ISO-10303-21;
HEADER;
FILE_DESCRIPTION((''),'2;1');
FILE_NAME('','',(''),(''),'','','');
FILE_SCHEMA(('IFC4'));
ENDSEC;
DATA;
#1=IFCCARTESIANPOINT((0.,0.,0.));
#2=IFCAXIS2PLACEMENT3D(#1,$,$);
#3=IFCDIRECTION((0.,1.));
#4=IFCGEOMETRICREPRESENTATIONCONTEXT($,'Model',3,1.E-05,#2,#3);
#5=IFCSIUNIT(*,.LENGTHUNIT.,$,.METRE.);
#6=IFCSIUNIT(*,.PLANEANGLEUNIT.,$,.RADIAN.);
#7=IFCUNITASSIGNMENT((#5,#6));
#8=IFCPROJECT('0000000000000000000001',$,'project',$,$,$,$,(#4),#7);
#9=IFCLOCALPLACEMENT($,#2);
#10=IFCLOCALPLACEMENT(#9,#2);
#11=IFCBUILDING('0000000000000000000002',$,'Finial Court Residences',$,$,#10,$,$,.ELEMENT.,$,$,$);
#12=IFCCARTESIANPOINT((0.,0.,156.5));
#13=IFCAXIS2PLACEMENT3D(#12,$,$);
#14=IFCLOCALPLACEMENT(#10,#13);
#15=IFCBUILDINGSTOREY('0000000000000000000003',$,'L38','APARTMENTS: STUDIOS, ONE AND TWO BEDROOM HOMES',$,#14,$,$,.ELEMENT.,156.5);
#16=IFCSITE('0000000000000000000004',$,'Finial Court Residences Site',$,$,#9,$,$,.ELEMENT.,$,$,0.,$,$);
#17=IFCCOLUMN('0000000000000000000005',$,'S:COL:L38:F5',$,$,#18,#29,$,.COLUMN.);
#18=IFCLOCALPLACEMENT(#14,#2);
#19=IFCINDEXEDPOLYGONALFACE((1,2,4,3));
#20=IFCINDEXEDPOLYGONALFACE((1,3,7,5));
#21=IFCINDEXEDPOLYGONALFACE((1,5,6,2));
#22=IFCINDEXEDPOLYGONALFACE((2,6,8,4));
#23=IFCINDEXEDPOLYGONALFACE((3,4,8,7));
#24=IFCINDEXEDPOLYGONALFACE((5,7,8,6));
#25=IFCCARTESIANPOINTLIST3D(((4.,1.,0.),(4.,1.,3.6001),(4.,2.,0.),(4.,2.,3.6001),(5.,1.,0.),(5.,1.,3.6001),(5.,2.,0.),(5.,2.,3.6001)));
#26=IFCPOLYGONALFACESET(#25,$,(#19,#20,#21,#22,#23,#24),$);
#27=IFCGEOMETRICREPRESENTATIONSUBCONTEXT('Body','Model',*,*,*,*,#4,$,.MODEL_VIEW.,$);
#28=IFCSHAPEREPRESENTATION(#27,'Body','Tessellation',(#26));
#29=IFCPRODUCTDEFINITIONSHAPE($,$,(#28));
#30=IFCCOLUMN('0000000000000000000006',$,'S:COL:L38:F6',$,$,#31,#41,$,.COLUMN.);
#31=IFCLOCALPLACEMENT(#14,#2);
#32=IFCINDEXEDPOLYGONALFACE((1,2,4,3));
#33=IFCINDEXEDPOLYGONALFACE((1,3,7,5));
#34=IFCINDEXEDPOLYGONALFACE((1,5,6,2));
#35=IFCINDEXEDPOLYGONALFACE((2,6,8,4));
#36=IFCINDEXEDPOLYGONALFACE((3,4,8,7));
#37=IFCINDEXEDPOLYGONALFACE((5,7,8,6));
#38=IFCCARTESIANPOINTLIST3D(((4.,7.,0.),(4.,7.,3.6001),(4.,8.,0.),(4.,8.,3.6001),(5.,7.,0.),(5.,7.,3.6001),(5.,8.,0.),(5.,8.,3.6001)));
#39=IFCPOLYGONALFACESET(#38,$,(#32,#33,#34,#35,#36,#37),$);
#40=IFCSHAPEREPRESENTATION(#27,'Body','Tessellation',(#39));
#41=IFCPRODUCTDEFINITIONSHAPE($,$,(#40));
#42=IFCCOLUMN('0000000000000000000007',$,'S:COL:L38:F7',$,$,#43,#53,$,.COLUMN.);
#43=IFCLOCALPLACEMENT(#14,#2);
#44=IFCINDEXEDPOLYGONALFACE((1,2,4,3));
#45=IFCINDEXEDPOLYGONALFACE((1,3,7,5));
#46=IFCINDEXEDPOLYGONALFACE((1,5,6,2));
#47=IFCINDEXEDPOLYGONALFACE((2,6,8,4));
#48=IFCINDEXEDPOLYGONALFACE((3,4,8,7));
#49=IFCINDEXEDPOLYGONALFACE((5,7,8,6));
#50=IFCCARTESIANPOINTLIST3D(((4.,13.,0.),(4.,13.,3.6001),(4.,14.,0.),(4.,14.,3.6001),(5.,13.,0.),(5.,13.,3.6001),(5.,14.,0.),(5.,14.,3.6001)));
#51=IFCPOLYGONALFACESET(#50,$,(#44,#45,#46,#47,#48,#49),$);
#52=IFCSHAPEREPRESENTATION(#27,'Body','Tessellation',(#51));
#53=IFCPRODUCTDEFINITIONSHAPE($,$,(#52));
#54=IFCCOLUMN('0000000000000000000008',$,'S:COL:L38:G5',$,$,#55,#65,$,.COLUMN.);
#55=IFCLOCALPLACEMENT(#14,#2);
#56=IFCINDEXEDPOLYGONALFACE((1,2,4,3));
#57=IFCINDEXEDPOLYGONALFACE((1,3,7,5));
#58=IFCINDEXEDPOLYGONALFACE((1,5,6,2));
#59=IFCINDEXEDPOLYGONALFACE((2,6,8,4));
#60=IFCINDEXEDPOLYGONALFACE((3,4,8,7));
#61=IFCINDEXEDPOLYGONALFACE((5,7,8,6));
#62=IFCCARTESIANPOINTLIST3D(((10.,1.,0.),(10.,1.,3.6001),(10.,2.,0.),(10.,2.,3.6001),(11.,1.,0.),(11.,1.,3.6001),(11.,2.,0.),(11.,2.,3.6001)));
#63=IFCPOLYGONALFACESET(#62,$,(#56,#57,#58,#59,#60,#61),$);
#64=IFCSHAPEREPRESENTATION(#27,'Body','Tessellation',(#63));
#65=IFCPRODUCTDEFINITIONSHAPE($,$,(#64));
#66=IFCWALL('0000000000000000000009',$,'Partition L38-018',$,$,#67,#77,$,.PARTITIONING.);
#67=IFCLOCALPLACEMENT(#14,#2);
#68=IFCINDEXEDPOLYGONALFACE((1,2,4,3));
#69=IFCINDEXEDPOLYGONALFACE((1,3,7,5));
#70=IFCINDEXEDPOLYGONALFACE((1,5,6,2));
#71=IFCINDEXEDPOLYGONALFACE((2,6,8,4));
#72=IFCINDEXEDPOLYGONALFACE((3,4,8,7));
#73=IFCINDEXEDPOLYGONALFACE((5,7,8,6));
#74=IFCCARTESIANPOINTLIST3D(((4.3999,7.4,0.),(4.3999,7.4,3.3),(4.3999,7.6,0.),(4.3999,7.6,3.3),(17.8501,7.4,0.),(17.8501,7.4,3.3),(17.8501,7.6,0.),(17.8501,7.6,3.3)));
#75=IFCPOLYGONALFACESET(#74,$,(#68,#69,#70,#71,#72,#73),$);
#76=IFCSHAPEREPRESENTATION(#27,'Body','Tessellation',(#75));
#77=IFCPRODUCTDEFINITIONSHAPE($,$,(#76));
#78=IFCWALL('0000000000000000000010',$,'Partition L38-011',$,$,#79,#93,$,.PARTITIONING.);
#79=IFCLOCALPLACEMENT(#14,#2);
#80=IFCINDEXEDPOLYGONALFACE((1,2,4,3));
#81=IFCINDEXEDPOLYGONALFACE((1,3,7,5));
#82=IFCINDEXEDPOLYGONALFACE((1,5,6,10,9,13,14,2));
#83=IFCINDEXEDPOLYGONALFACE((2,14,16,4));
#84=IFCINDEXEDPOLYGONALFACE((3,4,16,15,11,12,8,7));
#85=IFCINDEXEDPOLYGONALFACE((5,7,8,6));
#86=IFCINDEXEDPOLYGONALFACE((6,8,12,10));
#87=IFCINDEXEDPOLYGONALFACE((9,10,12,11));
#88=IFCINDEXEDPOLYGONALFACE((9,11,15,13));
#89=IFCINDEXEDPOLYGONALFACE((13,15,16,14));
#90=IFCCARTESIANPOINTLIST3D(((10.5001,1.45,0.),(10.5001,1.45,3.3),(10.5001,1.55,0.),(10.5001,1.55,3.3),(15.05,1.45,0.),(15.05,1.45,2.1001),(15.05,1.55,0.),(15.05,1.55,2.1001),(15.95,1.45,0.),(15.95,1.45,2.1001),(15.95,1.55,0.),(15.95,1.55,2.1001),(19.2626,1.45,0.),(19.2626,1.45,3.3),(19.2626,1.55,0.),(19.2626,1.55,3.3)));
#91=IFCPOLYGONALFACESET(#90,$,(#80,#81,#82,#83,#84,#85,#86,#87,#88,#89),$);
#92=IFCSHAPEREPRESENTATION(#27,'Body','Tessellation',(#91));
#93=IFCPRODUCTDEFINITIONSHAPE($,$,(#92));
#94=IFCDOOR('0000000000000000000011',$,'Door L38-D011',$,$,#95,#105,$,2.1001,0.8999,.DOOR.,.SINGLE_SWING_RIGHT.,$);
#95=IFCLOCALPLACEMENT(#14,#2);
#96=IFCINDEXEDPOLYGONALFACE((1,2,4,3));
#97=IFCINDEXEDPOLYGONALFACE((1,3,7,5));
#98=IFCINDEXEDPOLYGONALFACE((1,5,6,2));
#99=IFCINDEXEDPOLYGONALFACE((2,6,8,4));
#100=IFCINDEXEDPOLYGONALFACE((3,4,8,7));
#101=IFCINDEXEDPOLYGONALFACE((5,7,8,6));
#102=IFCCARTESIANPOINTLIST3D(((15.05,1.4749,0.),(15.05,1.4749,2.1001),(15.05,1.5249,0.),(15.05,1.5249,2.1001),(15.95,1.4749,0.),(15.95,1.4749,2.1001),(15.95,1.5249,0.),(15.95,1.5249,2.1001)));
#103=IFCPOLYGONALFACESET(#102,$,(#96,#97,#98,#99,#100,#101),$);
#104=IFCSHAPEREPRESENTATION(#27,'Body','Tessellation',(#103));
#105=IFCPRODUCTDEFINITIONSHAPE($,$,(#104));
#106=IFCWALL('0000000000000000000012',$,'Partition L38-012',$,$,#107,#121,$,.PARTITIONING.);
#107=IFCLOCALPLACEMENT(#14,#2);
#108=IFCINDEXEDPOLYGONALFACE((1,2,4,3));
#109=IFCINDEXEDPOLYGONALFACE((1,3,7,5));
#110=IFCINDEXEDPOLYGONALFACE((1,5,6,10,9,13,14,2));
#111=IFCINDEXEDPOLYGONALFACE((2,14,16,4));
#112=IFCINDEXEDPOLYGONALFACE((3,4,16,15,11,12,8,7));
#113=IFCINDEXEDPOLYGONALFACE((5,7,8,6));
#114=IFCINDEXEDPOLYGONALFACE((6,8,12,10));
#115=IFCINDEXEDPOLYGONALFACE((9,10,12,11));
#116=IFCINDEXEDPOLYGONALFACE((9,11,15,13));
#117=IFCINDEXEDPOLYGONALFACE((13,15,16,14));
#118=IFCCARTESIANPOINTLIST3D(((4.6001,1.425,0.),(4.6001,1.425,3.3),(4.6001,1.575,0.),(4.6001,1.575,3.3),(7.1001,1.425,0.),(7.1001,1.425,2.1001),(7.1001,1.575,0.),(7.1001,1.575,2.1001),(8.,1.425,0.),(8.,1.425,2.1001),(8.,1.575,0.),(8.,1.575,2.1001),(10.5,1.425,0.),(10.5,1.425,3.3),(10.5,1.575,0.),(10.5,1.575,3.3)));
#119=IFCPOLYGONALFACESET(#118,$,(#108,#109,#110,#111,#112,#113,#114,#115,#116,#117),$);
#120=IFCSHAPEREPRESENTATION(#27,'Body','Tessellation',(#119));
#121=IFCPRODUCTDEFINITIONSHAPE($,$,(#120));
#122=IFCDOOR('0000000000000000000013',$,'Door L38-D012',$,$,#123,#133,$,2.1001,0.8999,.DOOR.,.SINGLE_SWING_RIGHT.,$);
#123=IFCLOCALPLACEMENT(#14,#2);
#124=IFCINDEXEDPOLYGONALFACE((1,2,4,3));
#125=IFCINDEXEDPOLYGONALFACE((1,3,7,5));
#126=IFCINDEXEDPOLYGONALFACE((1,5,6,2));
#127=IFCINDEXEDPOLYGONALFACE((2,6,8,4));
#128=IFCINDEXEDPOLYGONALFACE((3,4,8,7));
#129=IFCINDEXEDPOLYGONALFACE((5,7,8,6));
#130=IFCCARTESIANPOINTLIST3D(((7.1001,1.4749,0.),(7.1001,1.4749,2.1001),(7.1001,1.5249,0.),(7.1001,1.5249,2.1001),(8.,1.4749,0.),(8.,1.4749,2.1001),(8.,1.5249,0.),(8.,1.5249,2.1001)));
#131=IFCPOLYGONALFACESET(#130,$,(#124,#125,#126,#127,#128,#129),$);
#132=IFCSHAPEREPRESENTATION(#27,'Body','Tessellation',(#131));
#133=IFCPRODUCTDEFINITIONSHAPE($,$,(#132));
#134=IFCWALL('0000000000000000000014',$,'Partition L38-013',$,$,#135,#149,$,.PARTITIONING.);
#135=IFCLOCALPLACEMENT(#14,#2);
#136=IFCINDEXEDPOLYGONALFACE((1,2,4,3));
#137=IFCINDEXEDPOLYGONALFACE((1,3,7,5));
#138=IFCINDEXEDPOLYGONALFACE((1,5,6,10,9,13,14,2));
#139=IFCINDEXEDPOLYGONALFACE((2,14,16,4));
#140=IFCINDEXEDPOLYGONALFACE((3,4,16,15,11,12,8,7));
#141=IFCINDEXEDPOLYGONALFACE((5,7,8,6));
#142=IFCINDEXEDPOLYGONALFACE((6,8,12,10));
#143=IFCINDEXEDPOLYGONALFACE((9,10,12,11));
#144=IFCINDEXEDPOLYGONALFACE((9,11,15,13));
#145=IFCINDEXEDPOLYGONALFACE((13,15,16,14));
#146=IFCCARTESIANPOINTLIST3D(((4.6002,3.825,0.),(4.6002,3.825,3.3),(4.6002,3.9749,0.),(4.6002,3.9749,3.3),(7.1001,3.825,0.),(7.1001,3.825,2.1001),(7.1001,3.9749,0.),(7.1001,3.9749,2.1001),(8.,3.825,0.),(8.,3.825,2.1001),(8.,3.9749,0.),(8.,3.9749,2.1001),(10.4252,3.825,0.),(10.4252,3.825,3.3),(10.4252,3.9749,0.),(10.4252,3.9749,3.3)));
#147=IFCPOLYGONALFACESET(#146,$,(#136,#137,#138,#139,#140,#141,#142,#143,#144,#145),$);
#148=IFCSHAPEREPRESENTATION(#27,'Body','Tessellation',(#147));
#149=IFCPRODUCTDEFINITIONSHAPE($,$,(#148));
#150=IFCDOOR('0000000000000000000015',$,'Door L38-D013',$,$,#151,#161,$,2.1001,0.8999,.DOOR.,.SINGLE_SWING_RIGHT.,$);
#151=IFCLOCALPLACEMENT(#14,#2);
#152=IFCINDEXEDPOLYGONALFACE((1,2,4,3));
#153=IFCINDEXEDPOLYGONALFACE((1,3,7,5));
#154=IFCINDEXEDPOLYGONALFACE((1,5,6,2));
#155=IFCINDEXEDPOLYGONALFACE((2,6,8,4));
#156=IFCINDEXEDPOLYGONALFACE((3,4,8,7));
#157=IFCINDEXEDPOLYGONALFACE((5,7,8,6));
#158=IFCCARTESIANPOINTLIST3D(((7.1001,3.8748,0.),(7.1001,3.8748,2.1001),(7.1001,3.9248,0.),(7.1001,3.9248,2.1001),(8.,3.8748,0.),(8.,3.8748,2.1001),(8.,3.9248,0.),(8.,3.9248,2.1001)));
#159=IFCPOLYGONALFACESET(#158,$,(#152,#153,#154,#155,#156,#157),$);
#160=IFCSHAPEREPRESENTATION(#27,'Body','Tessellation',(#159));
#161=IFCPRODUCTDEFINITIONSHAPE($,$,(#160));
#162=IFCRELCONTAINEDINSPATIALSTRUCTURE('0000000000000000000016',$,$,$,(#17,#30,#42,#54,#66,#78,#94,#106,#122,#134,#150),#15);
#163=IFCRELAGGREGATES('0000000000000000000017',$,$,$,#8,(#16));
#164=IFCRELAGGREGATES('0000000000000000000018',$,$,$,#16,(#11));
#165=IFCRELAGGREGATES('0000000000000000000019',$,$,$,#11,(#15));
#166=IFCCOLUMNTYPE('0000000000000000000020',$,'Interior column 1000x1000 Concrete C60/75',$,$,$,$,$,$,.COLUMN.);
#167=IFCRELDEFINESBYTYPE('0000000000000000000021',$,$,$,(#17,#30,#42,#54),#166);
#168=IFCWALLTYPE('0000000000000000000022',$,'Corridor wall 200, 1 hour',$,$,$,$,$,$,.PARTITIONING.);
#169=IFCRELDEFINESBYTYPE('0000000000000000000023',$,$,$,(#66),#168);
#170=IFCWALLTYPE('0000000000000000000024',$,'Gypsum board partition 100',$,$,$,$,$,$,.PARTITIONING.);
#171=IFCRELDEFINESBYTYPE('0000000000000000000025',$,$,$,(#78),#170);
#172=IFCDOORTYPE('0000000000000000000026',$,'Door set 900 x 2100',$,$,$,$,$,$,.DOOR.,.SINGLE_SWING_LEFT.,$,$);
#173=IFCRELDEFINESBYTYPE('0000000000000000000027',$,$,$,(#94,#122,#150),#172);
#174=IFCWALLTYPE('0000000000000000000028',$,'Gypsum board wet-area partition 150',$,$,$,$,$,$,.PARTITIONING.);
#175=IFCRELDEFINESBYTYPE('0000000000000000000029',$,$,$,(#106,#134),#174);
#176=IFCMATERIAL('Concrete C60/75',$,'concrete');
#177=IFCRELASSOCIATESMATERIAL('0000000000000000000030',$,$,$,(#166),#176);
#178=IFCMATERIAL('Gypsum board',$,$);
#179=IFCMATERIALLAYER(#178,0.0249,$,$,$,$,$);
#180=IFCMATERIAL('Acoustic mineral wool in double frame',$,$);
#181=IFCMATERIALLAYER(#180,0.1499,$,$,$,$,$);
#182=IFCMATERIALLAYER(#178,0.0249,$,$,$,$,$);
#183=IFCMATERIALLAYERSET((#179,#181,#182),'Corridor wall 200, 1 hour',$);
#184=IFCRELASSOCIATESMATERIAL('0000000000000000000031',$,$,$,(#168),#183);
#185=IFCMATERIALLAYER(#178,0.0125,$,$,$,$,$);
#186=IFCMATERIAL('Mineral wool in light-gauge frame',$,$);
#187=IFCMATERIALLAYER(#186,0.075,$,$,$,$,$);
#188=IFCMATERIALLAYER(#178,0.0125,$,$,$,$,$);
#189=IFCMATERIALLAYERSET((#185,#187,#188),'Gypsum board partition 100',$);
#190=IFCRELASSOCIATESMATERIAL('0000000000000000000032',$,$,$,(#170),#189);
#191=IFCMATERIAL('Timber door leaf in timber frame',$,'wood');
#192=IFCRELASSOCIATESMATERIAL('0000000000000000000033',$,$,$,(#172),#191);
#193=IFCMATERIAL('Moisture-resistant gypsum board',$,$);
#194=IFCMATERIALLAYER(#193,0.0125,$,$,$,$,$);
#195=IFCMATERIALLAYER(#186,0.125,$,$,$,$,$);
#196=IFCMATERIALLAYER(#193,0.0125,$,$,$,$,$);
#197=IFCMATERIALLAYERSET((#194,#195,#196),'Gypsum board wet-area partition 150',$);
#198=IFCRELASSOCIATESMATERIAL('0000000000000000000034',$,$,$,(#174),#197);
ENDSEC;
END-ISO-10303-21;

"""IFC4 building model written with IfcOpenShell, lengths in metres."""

from ifc_helpers import new_model, si_unit, direction, frame, frame_2d, origin, origin_2d, place, context, subcontext, project, spatial, rectangle, extrude, material, layer, layer_set, material_profile, profile_set, type_object, element, fill, save


model = new_model("IFC4")

# Units and contexts
model_context = context("Model", 3, precision=1e-05, world=origin(), true_north=direction((0.0, 1.0)))
body_context = subcontext(model_context, "Body", "Model", "MODEL_VIEW")
ifc_project = project(units=[si_unit("LENGTHUNIT", "METRE"), si_unit("PLANEANGLEUNIT", "RADIAN")], contexts=[model_context])

# Site, building, storey
site_placement = place(None, origin())
site = spatial("IfcSite", under=ifc_project, at=site_placement, Name="Finial Court Residences Site", CompositionType="ELEMENT", RefElevation=0.0)
building_placement = place(site_placement, origin())
building = spatial("IfcBuilding", under=site, at=building_placement, Name="Finial Court Residences", CompositionType="ELEMENT")
storey_placement = place(building_placement, frame((0.0, 0.0, 156.5)))
storey = spatial("IfcBuildingStorey", under=building, at=storey_placement, Name="L38", Description="APARTMENTS: STUDIOS, ONE AND TWO BEDROOM HOMES", CompositionType="ELEMENT", Elevation=156.5)

# Columns
ifc_material_1 = material(Name="Concrete C60/75", Category="concrete")
ifc_material_profile = material_profile(ifc_material_1, rectangle(XDim=1.0, YDim=1.0, at=origin_2d()), Name="1000x1000")
ifc_profile_set = profile_set([ifc_material_profile], Name="Concrete C60/75")
column_type = type_object("IfcColumnType", Name="Interior column 1000x1000 Concrete C60/75", PredefinedType="COLUMN", material=ifc_profile_set)
for number, where, z_axis, x_axis, name in (
    (1, (4.5, 1.5, 0.0), (0.0, 0.0, 1.0), (1.0, 0.0, 0.0), "S:COL:L38:F5"),
    (2, (4.5, 7.5, 0.0), (0.0, 0.0, 1.0), (1.0, 0.0, 0.0), "S:COL:L38:F6"),
    (3, (4.5, 13.5, 0.0), (0.0, 0.0, 1.0), (1.0, 0.0, 0.0), "S:COL:L38:F7"),
    (4, (10.5, 1.5, 0.0), (0.0, 0.0, 1.0), (1.0, 0.0, 0.0), "S:COL:L38:G5"),
):
    element("IfcColumn", number, at=place(storey_placement, frame(where, z_axis=z_axis, x_axis=x_axis)), inside=storey, type_object=column_type, Name=name, PredefinedType="COLUMN", context=body_context, shape_type="SweptSolid", body=[
        extrude(rectangle(XDim=1.0, YDim=1.0, at=origin_2d()), origin(), (0.0, 0.0, 1.0), 3.6001),
    ])

# Wall
ifc_material_2 = material(Name="Gypsum board")
ifc_layer_1 = layer(ifc_material_2, 0.0249)
ifc_material_3 = material(Name="Acoustic mineral wool in double frame")
ifc_layer_2 = layer(ifc_material_3, 0.1499)
ifc_layer_3 = layer(ifc_material_2, 0.0249)
ifc_layer_set_1 = layer_set([ifc_layer_1, ifc_layer_2, ifc_layer_3], Name="Corridor wall 200, 1 hour")
wall_type_1 = type_object("IfcWallType", Name="Corridor wall 200, 1 hour", PredefinedType="PARTITIONING", material=ifc_layer_set_1)
wall_1_placement = place(storey_placement, frame((4.3999, 7.5, 0.0), z_axis=(0.0, 0.0, 1.0), x_axis=(1.0, 0.0, 0.0)))
element("IfcWall", 5, at=wall_1_placement, inside=storey, type_object=wall_type_1, Name="Partition L38-018", PredefinedType="PARTITIONING", context=body_context, shape_type="SweptSolid", body=[
    extrude(rectangle(XDim=13.4502, YDim=0.2, at=frame_2d((6.7251, 0.0))), origin(), (0.0, 0.0, 1.0), 3.3),
])

# Walls, openings, doors
ifc_layer_4 = layer(ifc_material_2, 0.0125)
ifc_material_4 = material(Name="Mineral wool in light-gauge frame")
ifc_layer_5 = layer(ifc_material_4, 0.075)
ifc_layer_6 = layer(ifc_material_2, 0.0125)
ifc_layer_set_2 = layer_set([ifc_layer_4, ifc_layer_5, ifc_layer_6], Name="Gypsum board partition 100")
wall_type_2 = type_object("IfcWallType", Name="Gypsum board partition 100", PredefinedType="PARTITIONING", material=ifc_layer_set_2)
wall_2_placement = place(storey_placement, frame((10.5, 1.5, 0.0), z_axis=(0.0, 0.0, 1.0), x_axis=(1.0, 0.0, 0.0)))
wall_2 = element("IfcWall", 6, at=wall_2_placement, inside=storey, type_object=wall_type_2, Name="Partition L38-011", PredefinedType="PARTITIONING", context=body_context, shape_type="SweptSolid", body=[
    extrude(rectangle(XDim=8.7625, YDim=0.1001, at=frame_2d((4.3813, 0.0))), origin(), (0.0, 0.0, 1.0), 3.3),
])
opening_1_placement = place(wall_2_placement, frame((4.55, 0.0, 0.0)))
opening_1 = element("IfcOpeningElement", 7, at=opening_1_placement, cuts=wall_2, PredefinedType="OPENING", context=body_context, shape_type="SweptSolid", body=[
    extrude(rectangle(XDim=0.8999, YDim=2.1001, at=frame_2d((0.45, 1.05))), frame((0.0, 0.0601, 0.0), z_axis=(0.0, -1.0, 0.0), x_axis=(1.0, 0.0, 0.0)), (0.0, 0.0, 1.0), 0.1201),
])
ifc_material_5 = material(Name="Timber door leaf in timber frame", Category="wood")
door_type = type_object("IfcDoorType", Name="Door set 900 x 2100", OperationType="SINGLE_SWING_LEFT", PredefinedType="DOOR", material=ifc_material_5)
door_1_placement = place(opening_1_placement, origin())
door_1 = element("IfcDoor", 8, at=door_1_placement, inside=storey, type_object=door_type, Name="Door L38-D011", OperationType="SINGLE_SWING_RIGHT", OverallHeight=2.1001, OverallWidth=0.8999, PredefinedType="DOOR", context=body_context, shape_type="SweptSolid", body=[
    extrude(rectangle(XDim=0.8999, YDim=2.1001, at=frame_2d((0.45, 1.05))), frame((0.0, 0.0249, 0.0), z_axis=(0.0, -1.0, 0.0), x_axis=(1.0, 0.0, 0.0)), (0.0, 0.0, 1.0), 0.05),
])
fill(opening_1, door_1)
ifc_material_6 = material(Name="Moisture-resistant gypsum board")
ifc_layer_7 = layer(ifc_material_6, 0.0125)
ifc_layer_8 = layer(ifc_material_4, 0.125)
ifc_layer_9 = layer(ifc_material_6, 0.0125)
ifc_layer_set_3 = layer_set([ifc_layer_7, ifc_layer_8, ifc_layer_9], Name="Gypsum board wet-area partition 150")
wall_type_3 = type_object("IfcWallType", Name="Gypsum board wet-area partition 150", PredefinedType="PARTITIONING", material=ifc_layer_set_3)
wall_3_placement = place(storey_placement, frame((4.6001, 1.5, 0.0), z_axis=(0.0, 0.0, 1.0), x_axis=(1.0, 0.0, 0.0)))
wall_3 = element("IfcWall", 9, at=wall_3_placement, inside=storey, type_object=wall_type_3, Name="Partition L38-012", PredefinedType="PARTITIONING", context=body_context, shape_type="SweptSolid", body=[
    extrude(rectangle(XDim=5.8999, YDim=0.1499, at=frame_2d((2.95, 0.0))), origin(), (0.0, 0.0, 1.0), 3.3),
])
opening_2_placement = place(wall_3_placement, frame((2.5, 0.0, 0.0)))
opening_2 = element("IfcOpeningElement", 10, at=opening_2_placement, cuts=wall_3, PredefinedType="OPENING", context=body_context, shape_type="SweptSolid", body=[
    extrude(rectangle(XDim=0.8999, YDim=2.1001, at=frame_2d((0.45, 1.05))), frame((0.0, 0.085, 0.0), z_axis=(0.0, -1.0, 0.0), x_axis=(1.0, 0.0, 0.0)), (0.0, 0.0, 1.0), 0.1699),
])
door_2_placement = place(opening_2_placement, origin())
door_2 = element("IfcDoor", 11, at=door_2_placement, inside=storey, type_object=door_type, Name="Door L38-D012", OperationType="SINGLE_SWING_RIGHT", OverallHeight=2.1001, OverallWidth=0.8999, PredefinedType="DOOR", context=body_context, shape_type="SweptSolid", body=[
    extrude(rectangle(XDim=0.8999, YDim=2.1001, at=frame_2d((0.45, 1.05))), frame((0.0, 0.0249, 0.0), z_axis=(0.0, -1.0, 0.0), x_axis=(1.0, 0.0, 0.0)), (0.0, 0.0, 1.0), 0.05),
])
fill(opening_2, door_2)
wall_4_placement = place(storey_placement, frame((4.6001, 3.8999, 0.0), z_axis=(0.0, 0.0, 1.0), x_axis=(1.0, 0.0, 0.0)))
wall_4 = element("IfcWall", 12, at=wall_4_placement, inside=storey, type_object=wall_type_3, Name="Partition L38-013", PredefinedType="PARTITIONING", context=body_context, shape_type="SweptSolid", body=[
    extrude(rectangle(XDim=5.825, YDim=0.1499, at=frame_2d((2.9126, 0.0))), origin(), (0.0, 0.0, 1.0), 3.3),
])
opening_3_placement = place(wall_4_placement, frame((2.5, 0.0, 0.0)))
opening_3 = element("IfcOpeningElement", 13, at=opening_3_placement, cuts=wall_4, PredefinedType="OPENING", context=body_context, shape_type="SweptSolid", body=[
    extrude(rectangle(XDim=0.8999, YDim=2.1001, at=frame_2d((0.45, 1.05))), frame((0.0, 0.085, 0.0), z_axis=(0.0, -1.0, 0.0), x_axis=(1.0, 0.0, 0.0)), (0.0, 0.0, 1.0), 0.1699),
])
door_3_placement = place(opening_3_placement, origin())
door_3 = element("IfcDoor", 14, at=door_3_placement, inside=storey, type_object=door_type, Name="Door L38-D013", OperationType="SINGLE_SWING_RIGHT", OverallHeight=2.1001, OverallWidth=0.8999, PredefinedType="DOOR", context=body_context, shape_type="SweptSolid", body=[
    extrude(rectangle(XDim=0.8999, YDim=2.1001, at=frame_2d((0.45, 1.05))), frame((0.0, 0.0249, 0.0), z_axis=(0.0, -1.0, 0.0), x_axis=(1.0, 0.0, 0.0)), (0.0, 0.0, 1.0), 0.05),
])
fill(opening_3, door_3)

save(model, "model.ifc")
